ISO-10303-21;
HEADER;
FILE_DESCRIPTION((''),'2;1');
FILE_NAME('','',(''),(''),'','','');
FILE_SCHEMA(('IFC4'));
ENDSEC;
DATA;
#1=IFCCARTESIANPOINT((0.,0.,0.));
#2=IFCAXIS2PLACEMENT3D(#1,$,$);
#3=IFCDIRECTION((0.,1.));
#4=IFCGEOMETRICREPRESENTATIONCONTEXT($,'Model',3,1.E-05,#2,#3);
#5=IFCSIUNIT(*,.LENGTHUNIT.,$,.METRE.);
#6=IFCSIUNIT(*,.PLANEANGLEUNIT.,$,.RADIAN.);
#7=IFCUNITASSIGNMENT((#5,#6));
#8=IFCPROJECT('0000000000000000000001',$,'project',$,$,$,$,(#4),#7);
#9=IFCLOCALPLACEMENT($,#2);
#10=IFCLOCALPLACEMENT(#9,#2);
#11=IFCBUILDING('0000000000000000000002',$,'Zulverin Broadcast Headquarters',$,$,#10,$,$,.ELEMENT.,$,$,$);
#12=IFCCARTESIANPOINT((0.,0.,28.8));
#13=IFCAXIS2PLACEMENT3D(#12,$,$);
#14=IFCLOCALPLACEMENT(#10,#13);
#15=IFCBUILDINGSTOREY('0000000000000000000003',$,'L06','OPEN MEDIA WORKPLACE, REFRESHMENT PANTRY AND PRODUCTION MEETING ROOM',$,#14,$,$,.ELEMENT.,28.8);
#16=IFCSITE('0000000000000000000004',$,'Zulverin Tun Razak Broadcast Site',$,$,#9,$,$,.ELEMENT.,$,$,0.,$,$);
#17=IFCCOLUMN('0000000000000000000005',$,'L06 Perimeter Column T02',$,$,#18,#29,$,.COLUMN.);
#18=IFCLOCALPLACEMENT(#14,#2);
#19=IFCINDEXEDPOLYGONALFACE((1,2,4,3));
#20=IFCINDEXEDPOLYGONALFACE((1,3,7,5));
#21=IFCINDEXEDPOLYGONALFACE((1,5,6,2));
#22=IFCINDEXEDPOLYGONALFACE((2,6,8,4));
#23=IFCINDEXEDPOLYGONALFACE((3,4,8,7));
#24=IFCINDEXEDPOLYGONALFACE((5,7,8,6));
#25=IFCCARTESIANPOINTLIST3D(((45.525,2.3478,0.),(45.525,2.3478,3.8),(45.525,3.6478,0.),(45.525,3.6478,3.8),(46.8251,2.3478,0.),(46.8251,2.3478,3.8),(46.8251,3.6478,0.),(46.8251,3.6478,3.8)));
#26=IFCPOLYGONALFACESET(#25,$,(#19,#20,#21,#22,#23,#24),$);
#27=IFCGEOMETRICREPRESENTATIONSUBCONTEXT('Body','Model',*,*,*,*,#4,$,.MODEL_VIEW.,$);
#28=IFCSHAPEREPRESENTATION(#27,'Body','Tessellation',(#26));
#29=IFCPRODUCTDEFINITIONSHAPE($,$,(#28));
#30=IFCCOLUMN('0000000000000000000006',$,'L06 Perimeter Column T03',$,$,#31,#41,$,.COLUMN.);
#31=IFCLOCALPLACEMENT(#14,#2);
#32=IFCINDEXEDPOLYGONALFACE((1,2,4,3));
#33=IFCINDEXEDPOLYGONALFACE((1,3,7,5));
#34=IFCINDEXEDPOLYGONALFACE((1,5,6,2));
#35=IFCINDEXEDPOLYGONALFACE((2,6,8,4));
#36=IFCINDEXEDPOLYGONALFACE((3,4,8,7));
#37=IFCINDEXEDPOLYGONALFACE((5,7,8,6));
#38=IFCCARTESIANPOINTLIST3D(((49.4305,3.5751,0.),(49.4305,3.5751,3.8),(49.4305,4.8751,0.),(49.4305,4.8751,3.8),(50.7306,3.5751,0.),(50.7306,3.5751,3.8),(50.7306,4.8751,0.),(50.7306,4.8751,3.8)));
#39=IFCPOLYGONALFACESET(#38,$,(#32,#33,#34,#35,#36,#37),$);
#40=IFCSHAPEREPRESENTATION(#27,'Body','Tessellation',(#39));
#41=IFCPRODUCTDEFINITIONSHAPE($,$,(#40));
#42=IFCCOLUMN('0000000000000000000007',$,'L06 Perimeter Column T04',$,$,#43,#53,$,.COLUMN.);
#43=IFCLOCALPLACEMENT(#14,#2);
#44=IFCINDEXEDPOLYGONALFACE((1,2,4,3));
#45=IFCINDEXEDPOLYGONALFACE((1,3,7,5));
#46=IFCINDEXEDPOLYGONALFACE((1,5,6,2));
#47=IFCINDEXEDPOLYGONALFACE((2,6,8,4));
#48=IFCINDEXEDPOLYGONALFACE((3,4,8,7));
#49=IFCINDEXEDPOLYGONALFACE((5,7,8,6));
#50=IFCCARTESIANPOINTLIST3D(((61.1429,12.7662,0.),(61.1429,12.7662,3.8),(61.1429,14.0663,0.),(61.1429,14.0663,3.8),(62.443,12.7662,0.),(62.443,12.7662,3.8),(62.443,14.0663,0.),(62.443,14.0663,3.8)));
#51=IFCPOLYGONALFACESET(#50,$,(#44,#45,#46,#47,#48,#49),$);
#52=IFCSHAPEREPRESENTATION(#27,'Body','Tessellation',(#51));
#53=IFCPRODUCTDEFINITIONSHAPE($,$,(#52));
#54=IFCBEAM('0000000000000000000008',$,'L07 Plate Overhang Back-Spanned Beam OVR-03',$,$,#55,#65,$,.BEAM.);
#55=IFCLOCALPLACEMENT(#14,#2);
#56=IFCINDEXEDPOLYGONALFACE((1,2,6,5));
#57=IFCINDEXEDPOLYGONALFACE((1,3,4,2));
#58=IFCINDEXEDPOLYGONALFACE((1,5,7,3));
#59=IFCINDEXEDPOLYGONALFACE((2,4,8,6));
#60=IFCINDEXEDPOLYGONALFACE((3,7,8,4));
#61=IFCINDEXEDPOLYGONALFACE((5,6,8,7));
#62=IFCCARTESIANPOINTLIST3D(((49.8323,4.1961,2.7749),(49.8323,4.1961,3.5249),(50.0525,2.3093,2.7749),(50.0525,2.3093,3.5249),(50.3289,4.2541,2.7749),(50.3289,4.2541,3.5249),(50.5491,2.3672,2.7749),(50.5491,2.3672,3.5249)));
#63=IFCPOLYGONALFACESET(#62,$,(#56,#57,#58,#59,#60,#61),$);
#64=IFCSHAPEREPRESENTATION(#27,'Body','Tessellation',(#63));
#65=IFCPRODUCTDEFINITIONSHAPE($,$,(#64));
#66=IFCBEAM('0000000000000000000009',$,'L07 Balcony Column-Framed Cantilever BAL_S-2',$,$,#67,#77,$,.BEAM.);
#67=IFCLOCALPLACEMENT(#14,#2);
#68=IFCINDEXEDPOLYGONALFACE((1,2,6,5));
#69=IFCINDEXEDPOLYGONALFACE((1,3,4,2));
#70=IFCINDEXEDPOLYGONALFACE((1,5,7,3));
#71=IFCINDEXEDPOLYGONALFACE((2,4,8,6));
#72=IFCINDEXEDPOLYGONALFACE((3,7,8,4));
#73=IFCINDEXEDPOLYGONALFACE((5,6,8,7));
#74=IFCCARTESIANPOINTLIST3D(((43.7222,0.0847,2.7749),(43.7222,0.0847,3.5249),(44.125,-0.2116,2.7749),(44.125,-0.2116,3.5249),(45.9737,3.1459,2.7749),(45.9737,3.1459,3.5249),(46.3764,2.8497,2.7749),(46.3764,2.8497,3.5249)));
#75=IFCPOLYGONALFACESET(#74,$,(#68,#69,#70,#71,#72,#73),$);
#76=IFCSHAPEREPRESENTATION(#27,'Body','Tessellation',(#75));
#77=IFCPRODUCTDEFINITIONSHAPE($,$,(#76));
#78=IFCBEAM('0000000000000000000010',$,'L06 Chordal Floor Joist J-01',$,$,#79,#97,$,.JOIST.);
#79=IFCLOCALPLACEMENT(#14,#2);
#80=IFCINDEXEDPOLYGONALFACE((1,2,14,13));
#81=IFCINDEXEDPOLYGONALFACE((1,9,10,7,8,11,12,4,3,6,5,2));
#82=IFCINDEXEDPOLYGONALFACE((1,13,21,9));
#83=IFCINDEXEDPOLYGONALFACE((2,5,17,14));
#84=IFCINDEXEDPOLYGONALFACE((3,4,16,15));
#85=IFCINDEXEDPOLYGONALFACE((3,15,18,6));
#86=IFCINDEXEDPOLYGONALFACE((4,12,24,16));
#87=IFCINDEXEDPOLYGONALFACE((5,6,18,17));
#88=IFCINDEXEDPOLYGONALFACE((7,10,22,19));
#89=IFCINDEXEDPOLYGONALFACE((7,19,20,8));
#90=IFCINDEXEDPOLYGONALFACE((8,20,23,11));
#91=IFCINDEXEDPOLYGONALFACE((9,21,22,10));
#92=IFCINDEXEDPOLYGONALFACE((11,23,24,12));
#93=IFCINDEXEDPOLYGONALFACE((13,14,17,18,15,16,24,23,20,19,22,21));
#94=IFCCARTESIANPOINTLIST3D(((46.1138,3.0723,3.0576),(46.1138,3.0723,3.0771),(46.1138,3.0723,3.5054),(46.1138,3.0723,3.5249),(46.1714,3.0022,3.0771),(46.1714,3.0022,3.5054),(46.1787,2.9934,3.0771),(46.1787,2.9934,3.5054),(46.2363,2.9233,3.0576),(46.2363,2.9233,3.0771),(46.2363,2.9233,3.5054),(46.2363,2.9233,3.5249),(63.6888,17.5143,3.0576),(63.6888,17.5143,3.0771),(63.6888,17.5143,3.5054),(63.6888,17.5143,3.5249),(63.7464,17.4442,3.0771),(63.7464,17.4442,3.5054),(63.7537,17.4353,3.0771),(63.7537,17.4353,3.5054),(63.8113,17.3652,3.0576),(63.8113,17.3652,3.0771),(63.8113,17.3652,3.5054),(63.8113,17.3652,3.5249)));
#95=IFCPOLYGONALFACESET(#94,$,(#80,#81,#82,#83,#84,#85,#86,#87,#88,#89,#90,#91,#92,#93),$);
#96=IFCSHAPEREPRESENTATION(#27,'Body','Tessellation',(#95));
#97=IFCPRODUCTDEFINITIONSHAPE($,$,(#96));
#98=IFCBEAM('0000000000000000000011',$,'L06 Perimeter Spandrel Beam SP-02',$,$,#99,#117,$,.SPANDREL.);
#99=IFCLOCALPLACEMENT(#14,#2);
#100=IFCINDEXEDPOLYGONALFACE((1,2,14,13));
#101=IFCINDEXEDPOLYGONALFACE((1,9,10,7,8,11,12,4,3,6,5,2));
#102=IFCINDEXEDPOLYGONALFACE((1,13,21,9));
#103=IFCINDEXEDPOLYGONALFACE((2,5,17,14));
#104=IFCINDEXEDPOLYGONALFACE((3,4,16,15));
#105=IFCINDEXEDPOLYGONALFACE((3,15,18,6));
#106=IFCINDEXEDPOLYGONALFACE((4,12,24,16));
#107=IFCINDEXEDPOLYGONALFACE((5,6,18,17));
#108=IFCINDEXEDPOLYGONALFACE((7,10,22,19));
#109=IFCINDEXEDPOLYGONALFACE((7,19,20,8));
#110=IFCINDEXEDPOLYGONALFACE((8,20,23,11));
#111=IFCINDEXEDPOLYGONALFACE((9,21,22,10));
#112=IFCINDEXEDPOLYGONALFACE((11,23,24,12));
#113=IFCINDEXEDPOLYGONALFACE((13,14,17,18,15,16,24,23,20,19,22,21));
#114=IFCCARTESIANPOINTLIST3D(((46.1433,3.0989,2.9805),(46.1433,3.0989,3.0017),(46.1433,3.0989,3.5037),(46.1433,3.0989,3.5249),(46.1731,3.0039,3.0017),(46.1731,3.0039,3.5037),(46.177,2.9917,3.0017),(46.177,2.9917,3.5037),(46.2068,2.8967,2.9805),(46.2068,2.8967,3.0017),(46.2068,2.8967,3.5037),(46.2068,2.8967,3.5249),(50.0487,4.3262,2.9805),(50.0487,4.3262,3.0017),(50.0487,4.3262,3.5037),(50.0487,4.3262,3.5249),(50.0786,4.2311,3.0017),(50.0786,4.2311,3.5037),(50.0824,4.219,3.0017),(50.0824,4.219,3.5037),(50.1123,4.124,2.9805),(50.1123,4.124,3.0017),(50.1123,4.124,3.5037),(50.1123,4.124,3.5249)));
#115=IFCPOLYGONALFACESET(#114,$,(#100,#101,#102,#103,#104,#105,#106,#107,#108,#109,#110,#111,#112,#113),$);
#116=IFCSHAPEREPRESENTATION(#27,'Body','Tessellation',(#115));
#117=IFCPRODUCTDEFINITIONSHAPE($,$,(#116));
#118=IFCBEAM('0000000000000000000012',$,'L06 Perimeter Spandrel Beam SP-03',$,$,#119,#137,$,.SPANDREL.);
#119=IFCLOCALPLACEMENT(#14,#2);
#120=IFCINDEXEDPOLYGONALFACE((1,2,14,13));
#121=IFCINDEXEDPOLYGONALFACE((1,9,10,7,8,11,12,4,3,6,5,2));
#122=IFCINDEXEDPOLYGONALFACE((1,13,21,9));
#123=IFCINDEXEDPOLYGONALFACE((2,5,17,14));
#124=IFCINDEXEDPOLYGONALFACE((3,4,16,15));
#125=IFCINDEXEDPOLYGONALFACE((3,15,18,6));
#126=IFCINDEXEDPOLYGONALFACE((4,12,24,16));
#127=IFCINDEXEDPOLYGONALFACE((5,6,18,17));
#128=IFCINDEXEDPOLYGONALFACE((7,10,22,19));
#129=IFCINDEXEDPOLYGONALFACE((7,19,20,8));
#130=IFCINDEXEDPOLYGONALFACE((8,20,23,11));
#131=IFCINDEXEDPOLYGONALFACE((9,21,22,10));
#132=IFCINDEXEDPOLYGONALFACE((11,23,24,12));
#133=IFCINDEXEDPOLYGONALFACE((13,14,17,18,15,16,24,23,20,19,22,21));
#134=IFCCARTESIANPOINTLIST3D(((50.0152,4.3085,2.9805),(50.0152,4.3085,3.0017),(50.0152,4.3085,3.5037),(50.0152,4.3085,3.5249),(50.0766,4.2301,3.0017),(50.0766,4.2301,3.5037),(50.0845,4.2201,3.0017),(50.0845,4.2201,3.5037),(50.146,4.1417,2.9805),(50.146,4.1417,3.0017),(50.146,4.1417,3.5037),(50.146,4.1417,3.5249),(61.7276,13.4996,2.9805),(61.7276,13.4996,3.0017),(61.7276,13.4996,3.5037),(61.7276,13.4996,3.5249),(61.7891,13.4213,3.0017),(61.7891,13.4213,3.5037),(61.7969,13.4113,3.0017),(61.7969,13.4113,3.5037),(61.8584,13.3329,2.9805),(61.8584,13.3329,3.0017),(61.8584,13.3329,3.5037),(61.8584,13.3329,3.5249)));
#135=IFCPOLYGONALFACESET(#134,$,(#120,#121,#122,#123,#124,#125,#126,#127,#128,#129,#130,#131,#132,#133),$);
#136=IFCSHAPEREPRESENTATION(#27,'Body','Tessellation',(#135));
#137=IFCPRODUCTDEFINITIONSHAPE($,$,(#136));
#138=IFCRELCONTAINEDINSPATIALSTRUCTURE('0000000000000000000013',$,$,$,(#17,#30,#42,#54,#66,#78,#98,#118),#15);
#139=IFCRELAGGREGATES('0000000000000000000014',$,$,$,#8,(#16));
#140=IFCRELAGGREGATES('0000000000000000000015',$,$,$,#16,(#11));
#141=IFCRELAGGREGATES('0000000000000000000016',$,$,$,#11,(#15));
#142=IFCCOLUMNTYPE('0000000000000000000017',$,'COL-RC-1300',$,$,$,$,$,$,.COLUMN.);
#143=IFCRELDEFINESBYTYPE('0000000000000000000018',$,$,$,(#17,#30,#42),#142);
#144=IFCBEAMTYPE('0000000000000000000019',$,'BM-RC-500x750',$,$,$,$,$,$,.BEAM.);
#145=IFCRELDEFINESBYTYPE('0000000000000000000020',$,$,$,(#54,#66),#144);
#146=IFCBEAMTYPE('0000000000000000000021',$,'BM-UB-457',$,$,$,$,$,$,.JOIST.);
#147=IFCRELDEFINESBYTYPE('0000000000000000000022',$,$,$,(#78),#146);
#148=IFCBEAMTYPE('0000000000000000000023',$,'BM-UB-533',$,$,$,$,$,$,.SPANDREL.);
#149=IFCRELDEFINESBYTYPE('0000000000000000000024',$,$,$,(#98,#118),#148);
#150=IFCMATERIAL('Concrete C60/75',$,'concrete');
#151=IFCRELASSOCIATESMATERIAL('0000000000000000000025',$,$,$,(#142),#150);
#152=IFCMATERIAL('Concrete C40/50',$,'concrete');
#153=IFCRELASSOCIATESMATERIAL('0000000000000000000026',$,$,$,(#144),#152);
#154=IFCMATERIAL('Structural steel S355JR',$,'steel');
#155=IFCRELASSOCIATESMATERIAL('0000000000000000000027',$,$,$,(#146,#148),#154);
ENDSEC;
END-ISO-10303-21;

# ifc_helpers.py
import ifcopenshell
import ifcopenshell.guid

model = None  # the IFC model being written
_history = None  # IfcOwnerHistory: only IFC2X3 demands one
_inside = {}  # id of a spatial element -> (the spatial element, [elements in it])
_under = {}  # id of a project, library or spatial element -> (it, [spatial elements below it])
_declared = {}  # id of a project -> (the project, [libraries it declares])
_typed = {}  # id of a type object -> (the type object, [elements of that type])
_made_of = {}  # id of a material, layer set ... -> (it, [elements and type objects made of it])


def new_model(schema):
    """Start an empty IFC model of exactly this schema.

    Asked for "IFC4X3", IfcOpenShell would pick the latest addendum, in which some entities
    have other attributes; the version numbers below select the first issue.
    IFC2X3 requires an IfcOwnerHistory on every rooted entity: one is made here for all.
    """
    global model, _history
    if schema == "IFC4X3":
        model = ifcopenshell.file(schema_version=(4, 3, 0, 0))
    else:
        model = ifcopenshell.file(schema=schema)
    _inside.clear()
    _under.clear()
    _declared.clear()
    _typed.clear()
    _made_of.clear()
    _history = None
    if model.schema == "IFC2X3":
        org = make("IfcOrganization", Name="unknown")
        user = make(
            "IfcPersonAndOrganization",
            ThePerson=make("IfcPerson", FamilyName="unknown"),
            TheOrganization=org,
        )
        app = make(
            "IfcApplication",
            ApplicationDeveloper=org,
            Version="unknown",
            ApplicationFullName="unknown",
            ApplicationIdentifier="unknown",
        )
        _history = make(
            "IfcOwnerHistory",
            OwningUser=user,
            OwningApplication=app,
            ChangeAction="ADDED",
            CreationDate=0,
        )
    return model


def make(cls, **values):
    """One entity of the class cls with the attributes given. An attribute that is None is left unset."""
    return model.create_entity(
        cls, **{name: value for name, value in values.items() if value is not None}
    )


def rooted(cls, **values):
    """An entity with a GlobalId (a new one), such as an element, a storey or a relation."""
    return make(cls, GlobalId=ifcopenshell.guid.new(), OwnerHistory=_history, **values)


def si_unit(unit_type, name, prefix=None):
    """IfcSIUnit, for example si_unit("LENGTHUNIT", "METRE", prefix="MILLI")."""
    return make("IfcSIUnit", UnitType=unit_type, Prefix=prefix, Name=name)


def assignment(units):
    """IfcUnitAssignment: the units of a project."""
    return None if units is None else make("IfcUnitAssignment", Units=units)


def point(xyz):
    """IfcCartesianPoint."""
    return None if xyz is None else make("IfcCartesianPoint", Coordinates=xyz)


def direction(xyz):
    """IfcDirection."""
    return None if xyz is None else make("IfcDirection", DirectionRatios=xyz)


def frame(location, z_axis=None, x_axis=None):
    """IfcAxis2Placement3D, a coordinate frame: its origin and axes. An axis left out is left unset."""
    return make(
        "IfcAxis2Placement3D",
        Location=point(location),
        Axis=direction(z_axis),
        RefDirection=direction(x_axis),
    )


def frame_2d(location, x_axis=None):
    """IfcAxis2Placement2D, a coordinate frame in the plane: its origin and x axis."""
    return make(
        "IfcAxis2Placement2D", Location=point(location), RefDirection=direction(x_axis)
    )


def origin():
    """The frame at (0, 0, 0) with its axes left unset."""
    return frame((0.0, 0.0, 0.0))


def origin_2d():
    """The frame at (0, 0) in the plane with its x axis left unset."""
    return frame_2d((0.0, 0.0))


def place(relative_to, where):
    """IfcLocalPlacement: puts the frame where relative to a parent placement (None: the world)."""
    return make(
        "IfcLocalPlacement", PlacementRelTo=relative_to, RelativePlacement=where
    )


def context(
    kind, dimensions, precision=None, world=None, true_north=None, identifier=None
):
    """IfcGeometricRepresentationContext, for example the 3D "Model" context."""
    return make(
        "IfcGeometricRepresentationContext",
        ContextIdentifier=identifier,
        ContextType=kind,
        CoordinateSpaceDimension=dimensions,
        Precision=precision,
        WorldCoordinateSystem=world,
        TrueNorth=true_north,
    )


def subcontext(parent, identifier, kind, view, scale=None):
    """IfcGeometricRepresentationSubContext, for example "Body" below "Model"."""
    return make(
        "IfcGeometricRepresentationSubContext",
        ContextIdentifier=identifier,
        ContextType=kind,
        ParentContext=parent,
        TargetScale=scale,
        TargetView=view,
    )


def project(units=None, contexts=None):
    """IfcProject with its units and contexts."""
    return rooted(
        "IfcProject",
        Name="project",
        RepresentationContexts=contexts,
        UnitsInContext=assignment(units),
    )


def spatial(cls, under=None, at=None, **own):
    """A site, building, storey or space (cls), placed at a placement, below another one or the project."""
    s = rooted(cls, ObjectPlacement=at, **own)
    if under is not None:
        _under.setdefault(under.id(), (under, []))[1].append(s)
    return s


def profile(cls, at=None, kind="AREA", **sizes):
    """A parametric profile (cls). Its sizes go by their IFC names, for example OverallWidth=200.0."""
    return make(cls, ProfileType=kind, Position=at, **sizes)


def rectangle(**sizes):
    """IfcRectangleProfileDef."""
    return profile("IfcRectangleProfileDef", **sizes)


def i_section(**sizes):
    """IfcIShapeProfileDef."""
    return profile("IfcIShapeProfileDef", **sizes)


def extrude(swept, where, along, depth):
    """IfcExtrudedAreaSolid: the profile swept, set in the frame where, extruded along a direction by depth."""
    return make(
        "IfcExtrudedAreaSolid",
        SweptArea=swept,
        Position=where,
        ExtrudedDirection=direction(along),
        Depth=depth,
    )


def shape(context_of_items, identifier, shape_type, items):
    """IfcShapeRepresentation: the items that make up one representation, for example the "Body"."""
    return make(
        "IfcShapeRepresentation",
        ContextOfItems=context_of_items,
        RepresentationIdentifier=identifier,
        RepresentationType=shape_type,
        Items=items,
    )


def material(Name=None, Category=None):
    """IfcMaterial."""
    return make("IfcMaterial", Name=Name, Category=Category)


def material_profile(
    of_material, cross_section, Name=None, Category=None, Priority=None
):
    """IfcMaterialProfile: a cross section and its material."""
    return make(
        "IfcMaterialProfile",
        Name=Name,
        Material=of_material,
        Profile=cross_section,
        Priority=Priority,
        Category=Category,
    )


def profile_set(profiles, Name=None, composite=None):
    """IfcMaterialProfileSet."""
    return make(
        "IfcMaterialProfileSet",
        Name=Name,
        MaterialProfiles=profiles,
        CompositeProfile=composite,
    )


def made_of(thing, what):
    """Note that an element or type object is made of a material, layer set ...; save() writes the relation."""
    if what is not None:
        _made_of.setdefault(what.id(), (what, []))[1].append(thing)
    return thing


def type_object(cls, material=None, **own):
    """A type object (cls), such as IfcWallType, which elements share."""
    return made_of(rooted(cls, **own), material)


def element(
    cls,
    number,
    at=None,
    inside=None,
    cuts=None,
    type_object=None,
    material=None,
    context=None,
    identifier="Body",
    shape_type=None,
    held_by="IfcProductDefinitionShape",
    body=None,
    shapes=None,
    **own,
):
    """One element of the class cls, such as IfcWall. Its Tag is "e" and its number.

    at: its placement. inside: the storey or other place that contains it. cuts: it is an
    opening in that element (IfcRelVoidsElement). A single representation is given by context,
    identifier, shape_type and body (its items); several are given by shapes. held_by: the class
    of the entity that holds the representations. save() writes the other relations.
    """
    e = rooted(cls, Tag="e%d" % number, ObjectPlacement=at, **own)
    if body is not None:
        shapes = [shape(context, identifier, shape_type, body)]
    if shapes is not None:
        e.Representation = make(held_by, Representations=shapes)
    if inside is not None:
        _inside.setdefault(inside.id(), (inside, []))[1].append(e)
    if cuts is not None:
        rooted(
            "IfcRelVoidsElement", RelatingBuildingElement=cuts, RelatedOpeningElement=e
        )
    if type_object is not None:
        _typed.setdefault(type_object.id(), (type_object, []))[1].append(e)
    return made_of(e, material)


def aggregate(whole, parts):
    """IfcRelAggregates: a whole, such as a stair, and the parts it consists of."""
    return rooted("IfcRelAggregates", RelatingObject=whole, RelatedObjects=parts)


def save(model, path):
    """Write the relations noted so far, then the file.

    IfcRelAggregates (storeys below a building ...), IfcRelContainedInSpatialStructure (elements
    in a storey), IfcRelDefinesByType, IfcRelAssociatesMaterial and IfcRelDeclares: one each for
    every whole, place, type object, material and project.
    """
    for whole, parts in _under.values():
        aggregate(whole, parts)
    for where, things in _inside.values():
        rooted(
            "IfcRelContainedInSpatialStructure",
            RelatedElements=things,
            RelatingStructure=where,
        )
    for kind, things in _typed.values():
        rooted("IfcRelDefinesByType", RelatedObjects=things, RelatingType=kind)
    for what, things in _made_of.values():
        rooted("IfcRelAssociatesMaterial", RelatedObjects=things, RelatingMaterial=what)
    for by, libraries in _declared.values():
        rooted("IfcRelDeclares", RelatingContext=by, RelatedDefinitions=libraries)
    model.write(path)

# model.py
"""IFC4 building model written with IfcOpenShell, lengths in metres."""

from ifc_helpers import new_model, si_unit, direction, frame, origin, origin_2d, place, context, subcontext, project, spatial, rectangle, i_section, extrude, material, material_profile, profile_set, type_object, element, save


model = new_model("IFC4")

# Units and contexts
model_context = context("Model", 3, precision=1e-05, world=origin(), true_north=direction((0.0, 1.0)))
body_context = subcontext(model_context, "Body", "Model", "MODEL_VIEW")
ifc_project = project(units=[si_unit("LENGTHUNIT", "METRE"), si_unit("PLANEANGLEUNIT", "RADIAN")], contexts=[model_context])

# Site, building, storey
site_placement = place(None, origin())
site = spatial("IfcSite", under=ifc_project, at=site_placement, Name="Zulverin Tun Razak Broadcast Site", CompositionType="ELEMENT", RefElevation=0.0)
building_placement = place(site_placement, origin())
building = spatial("IfcBuilding", under=site, at=building_placement, Name="Zulverin Broadcast Headquarters", CompositionType="ELEMENT")
storey_placement = place(building_placement, frame((0.0, 0.0, 28.8)))
storey = spatial("IfcBuildingStorey", under=building, at=storey_placement, Name="L06", Description="OPEN MEDIA WORKPLACE, REFRESHMENT PANTRY AND PRODUCTION MEETING ROOM", CompositionType="ELEMENT", Elevation=28.8)

# Columns
ifc_material_1 = material(Name="Concrete C60/75", Category="concrete")
ifc_material_profile_1 = material_profile(ifc_material_1, rectangle(XDim=1.3, YDim=1.3, at=origin_2d()), Name="Concrete C60/75", Category="concrete")
ifc_profile_set_1 = profile_set([ifc_material_profile_1], Name="Concrete C60/75")
column_type = type_object("IfcColumnType", Name="COL-RC-1300", PredefinedType="COLUMN", material=ifc_profile_set_1)
for number, where, z_axis, x_axis, name in (
    (1, (46.175, 2.9978, 0.0), (0.0, 0.0, 1.0), (1.0, 0.0, 0.0), "L06 Perimeter Column T02"),
    (2, (50.0806, 4.2251, 0.0), (0.0, 0.0, 1.0), (1.0, 0.0, 0.0), "L06 Perimeter Column T03"),
    (3, (61.793, 13.4163, 0.0), (0.0, 0.0, 1.0), (1.0, 0.0, 0.0), "L06 Perimeter Column T04"),
):
    element("IfcColumn", number, at=place(storey_placement, frame(where, z_axis=z_axis, x_axis=x_axis)), inside=storey, type_object=column_type, Name=name, PredefinedType="COLUMN", context=body_context, shape_type="SweptSolid", body=[
        extrude(rectangle(XDim=1.3, YDim=1.3, at=origin_2d()), origin(), (0.0, 0.0, 1.0), 3.8),
    ])

# Beams
ifc_material_2 = material(Name="Concrete C40/50", Category="concrete")
ifc_material_profile_2 = material_profile(ifc_material_2, rectangle(XDim=0.5, YDim=0.75, at=origin_2d()), Name="Concrete C40/50", Category="concrete")
ifc_profile_set_2 = profile_set([ifc_material_profile_2], Name="Concrete C40/50")
beam_type_1 = type_object("IfcBeamType", Name="BM-RC-500x750", PredefinedType="BEAM", material=ifc_profile_set_2)
beam_1_placement = place(storey_placement, frame((50.0806, 4.2251, 3.1499), z_axis=(0.115917, -0.993259, 0.0), x_axis=(0.993259, 0.115917, 0.0)))
element("IfcBeam", 4, at=beam_1_placement, inside=storey, type_object=beam_type_1, Name="L07 Plate Overhang Back-Spanned Beam OVR-03", PredefinedType="BEAM", context=body_context, shape_type="SweptSolid", body=[
    extrude(rectangle(XDim=0.5, YDim=0.75, at=origin_2d()), origin(), (0.0, 0.0, 1.0), 1.8997),
])
beam_2_placement = place(storey_placement, frame((46.175, 2.9978, 3.1499), z_axis=(-0.59248, -0.805585, 0.0), x_axis=(0.805585, -0.59248, 0.0)))
element("IfcBeam", 5, at=beam_2_placement, inside=storey, type_object=beam_type_1, Name="L07 Balcony Column-Framed Cantilever BAL_S-2", PredefinedType="BEAM", context=body_context, shape_type="SweptSolid", body=[
    extrude(rectangle(XDim=0.5, YDim=0.75, at=origin_2d()), origin(), (0.0, 0.0, 1.0), 3.8),
])
ifc_material_3 = material(Name="Structural steel S355JR", Category="steel")
ifc_material_profile_3 = material_profile(ifc_material_3, i_section(OverallWidth=0.1929, OverallDepth=0.4673, WebThickness=0.0115, FlangeThickness=0.0195, at=origin_2d()), Name="Structural steel S355JR", Category="steel")
ifc_profile_set_3 = profile_set([ifc_material_profile_3], Name="Structural steel S355JR")
beam_type_2 = type_object("IfcBeamType", Name="BM-UB-457", PredefinedType="JOIST", material=ifc_profile_set_3)
beam_3_placement = place(storey_placement, frame((46.175, 2.9978, 3.2913), z_axis=(0.772611, 0.634879, 0.0), x_axis=(-0.634879, 0.772611, 0.0)))
element("IfcBeam", 6, at=beam_3_placement, inside=storey, type_object=beam_type_2, Name="L06 Chordal Floor Joist J-01", PredefinedType="JOIST", context=body_context, shape_type="SweptSolid", body=[
    extrude(i_section(OverallWidth=0.1929, OverallDepth=0.4673, WebThickness=0.0115, FlangeThickness=0.0195, at=origin_2d()), origin(), (0.0, 0.0, 1.0), 22.7476),
])
ifc_material_profile_4 = material_profile(ifc_material_3, i_section(OverallWidth=0.2119, OverallDepth=0.5444, WebThickness=0.0127, FlangeThickness=0.0212, at=origin_2d()), Name="Structural steel S355JR", Category="steel")
ifc_profile_set_4 = profile_set([ifc_material_profile_4], Name="Structural steel S355JR")
beam_type_3 = type_object("IfcBeamType", Name="BM-UB-533", PredefinedType="SPANDREL", material=ifc_profile_set_4)
beam_4_placement = place(storey_placement, frame((46.175, 2.9978, 3.2527), z_axis=(0.954004, 0.299792, 0.0), x_axis=(-0.299792, 0.954004, 0.0)))
element("IfcBeam", 7, at=beam_4_placement, inside=storey, type_object=beam_type_3, Name="L06 Perimeter Spandrel Beam SP-02", PredefinedType="SPANDREL", context=body_context, shape_type="SweptSolid", body=[
    extrude(i_section(OverallWidth=0.2119, OverallDepth=0.5444, WebThickness=0.0127, FlangeThickness=0.0212, at=origin_2d()), origin(), (0.0, 0.0, 1.0), 4.0938),
])
beam_5_placement = place(storey_placement, frame((50.0806, 4.2251, 3.2527), z_axis=(0.786691, 0.617346, 0.0), x_axis=(-0.617346, 0.786691, 0.0)))
element("IfcBeam", 8, at=beam_5_placement, inside=storey, type_object=beam_type_3, Name="L06 Perimeter Spandrel Beam SP-03", PredefinedType="SPANDREL", context=body_context, shape_type="SweptSolid", body=[
    extrude(i_section(OverallWidth=0.2119, OverallDepth=0.5444, WebThickness=0.0127, FlangeThickness=0.0212, at=origin_2d()), origin(), (0.0, 0.0, 1.0), 14.8882),
])

save(model, "model.ifc")
